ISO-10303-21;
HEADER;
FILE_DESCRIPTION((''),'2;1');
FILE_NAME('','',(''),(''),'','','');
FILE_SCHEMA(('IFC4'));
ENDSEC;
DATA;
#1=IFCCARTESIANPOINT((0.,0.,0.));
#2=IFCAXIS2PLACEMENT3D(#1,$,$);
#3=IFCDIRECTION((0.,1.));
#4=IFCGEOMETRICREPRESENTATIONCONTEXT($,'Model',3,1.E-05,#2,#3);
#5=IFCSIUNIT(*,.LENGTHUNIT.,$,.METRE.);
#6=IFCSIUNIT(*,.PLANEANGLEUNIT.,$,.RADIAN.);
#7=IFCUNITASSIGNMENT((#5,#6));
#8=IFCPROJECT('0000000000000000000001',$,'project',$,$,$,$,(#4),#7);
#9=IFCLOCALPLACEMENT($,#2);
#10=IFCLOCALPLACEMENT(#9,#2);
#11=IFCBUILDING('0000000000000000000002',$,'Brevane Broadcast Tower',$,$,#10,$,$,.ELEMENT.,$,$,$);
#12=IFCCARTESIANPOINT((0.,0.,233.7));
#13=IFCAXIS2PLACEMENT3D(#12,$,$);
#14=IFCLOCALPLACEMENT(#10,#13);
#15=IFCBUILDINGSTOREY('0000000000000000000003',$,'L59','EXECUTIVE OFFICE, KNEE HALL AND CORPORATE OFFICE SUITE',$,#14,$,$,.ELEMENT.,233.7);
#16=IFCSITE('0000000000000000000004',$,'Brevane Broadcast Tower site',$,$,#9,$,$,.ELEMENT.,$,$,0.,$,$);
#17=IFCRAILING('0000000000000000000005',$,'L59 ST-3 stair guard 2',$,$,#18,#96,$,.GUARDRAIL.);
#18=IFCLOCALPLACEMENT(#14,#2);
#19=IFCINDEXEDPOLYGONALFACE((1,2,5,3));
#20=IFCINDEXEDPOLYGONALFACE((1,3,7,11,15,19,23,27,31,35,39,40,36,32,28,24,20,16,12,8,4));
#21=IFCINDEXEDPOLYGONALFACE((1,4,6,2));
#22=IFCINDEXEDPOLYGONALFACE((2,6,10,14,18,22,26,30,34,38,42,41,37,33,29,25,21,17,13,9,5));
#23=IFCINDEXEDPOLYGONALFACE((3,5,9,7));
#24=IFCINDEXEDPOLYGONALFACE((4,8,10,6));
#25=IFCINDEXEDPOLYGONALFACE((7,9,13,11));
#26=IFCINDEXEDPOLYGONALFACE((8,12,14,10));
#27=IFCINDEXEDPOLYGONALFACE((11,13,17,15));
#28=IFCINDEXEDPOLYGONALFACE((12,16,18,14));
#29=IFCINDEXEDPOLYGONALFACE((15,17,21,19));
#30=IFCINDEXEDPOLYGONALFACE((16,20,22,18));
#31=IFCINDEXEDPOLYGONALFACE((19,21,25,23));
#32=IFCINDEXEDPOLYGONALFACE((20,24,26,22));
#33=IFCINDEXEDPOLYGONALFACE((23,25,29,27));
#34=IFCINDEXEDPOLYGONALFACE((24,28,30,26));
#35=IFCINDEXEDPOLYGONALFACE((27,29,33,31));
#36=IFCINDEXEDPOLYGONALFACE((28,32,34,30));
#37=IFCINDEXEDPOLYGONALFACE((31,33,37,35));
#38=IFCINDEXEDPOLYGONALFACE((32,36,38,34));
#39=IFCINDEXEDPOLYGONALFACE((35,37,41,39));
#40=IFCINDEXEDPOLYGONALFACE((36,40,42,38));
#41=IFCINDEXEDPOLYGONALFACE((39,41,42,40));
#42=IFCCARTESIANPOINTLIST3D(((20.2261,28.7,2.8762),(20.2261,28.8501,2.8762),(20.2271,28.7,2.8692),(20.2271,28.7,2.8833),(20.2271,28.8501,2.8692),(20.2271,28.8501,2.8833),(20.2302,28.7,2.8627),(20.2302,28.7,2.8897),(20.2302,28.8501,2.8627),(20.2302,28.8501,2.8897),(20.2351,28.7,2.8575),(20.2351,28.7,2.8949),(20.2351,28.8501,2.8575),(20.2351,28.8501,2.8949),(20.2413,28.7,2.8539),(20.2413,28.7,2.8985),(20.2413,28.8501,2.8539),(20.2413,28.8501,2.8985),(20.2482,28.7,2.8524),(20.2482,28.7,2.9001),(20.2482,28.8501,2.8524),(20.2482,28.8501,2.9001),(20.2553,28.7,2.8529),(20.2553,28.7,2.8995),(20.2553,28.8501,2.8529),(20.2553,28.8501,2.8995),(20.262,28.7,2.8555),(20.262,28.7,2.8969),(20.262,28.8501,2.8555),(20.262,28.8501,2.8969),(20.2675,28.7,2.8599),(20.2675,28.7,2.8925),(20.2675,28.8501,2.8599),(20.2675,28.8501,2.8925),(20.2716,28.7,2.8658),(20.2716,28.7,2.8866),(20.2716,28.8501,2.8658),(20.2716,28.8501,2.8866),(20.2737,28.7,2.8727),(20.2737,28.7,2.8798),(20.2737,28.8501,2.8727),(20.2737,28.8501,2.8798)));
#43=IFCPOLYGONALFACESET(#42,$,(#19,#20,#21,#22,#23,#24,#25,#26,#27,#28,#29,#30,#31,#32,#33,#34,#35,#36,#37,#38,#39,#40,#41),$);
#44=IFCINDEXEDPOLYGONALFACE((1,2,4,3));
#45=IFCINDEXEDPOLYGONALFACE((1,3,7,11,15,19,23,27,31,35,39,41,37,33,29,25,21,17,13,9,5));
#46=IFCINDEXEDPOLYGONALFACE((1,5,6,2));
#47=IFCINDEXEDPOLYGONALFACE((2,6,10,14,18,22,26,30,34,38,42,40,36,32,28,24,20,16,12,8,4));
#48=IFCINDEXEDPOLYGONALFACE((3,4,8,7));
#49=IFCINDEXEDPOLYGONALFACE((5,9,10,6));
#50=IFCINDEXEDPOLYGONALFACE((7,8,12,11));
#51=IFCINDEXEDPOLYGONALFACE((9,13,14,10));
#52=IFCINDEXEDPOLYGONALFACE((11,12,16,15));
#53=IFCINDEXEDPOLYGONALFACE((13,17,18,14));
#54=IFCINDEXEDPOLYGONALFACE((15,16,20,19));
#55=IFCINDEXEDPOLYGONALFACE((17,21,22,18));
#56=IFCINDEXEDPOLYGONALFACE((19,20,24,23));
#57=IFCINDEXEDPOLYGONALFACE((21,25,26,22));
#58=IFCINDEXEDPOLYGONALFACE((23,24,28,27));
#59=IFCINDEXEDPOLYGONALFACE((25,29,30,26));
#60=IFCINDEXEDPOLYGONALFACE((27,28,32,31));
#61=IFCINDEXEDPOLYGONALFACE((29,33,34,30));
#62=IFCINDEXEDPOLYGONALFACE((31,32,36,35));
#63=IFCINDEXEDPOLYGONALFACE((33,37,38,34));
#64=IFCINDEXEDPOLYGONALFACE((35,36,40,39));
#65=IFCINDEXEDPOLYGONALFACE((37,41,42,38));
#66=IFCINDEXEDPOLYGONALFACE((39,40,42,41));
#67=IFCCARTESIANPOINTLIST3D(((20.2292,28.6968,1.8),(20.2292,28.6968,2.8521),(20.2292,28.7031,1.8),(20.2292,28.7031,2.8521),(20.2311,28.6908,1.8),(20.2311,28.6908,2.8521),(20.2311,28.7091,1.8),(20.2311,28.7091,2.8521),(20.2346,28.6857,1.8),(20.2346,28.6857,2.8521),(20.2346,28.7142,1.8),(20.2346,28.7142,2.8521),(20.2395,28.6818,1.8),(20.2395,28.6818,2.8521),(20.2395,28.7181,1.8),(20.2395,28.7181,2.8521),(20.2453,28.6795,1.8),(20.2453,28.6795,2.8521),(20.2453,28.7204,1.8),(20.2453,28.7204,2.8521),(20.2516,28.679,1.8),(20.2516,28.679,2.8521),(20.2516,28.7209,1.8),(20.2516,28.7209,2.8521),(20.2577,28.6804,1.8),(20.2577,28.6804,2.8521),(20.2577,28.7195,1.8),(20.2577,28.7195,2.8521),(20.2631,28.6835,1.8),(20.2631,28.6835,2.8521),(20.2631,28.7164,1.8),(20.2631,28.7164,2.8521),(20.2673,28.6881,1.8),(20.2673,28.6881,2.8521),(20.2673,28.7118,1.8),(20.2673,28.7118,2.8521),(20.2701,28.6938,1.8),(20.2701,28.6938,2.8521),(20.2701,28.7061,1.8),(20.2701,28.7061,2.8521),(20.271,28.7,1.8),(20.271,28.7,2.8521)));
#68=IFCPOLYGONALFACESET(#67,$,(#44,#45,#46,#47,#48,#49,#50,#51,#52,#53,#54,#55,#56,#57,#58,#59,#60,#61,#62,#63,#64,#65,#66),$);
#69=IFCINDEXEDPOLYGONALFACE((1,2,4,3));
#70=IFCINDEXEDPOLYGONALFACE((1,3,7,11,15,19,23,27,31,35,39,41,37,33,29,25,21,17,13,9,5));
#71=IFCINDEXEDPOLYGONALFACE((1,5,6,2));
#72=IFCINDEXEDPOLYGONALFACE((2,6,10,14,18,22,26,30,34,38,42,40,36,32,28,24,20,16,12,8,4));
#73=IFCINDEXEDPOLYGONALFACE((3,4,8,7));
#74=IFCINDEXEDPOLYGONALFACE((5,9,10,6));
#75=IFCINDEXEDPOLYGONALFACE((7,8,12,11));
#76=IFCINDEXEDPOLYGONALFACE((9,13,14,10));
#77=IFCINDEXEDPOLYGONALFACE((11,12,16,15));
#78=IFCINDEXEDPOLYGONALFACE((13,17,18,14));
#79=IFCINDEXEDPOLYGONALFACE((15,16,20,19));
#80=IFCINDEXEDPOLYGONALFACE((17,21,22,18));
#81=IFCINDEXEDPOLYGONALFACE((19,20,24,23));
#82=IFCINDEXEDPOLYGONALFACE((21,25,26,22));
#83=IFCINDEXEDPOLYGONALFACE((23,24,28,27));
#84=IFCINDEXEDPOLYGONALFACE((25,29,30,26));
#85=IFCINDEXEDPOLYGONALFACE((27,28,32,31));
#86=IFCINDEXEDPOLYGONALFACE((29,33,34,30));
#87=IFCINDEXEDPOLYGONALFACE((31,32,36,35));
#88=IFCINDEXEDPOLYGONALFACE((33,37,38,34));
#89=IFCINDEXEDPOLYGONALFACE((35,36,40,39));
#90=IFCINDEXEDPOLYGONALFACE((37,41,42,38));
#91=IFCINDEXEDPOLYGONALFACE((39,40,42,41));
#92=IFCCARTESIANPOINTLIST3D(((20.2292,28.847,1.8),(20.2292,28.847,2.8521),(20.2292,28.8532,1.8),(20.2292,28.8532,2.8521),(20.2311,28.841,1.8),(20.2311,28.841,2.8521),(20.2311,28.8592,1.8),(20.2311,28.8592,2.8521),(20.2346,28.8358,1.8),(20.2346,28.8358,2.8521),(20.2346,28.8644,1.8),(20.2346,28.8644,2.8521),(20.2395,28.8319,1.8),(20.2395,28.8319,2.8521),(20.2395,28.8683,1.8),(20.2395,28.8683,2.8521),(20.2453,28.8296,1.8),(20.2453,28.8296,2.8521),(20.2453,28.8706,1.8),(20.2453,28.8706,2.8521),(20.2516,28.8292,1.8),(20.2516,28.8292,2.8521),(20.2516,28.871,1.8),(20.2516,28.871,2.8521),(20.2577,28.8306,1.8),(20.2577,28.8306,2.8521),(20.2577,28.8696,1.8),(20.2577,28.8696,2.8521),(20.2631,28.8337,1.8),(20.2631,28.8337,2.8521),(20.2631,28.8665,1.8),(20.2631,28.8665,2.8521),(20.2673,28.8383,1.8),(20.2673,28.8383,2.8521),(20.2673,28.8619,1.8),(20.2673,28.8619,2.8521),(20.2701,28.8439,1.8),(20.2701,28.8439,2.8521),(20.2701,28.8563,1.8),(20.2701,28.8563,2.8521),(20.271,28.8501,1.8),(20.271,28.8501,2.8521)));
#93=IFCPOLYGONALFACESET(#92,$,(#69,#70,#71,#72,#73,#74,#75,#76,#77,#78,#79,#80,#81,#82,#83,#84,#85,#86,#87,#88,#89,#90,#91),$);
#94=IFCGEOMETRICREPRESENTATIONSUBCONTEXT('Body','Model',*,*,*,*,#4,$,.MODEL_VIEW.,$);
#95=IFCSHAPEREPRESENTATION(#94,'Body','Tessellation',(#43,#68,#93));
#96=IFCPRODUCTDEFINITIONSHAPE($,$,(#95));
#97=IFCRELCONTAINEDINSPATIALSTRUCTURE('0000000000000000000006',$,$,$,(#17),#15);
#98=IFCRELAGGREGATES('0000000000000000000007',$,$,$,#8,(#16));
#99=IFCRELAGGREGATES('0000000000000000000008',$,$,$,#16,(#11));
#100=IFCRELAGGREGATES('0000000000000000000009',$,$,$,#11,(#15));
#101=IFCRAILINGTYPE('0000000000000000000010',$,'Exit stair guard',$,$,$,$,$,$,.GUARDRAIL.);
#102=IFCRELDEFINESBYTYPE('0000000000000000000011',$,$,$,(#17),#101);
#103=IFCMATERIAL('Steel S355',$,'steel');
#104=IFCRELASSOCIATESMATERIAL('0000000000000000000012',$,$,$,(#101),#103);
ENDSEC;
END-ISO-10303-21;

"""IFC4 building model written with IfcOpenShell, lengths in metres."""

from ifc_helpers import new_model, si_unit, direction, frame, origin, origin_2d, place, context, subcontext, project, spatial, circle, extrude, material, type_object, element, save


model = new_model("IFC4")

# Units and contexts
model_context = context("Model", 3, precision=1e-05, world=origin(), true_north=direction((0.0, 1.0)))
body_context = subcontext(model_context, "Body", "Model", "MODEL_VIEW")
ifc_project = project(units=[si_unit("LENGTHUNIT", "METRE"), si_unit("PLANEANGLEUNIT", "RADIAN")], contexts=[model_context])

# Site, building, storey
site_placement = place(None, origin())
site = spatial("IfcSite", under=ifc_project, at=site_placement, Name="Brevane Broadcast Tower site", CompositionType="ELEMENT", RefElevation=0.0)
building_placement = place(site_placement, origin())
building = spatial("IfcBuilding", under=site, at=building_placement, Name="Brevane Broadcast Tower", CompositionType="ELEMENT")
storey_placement = place(building_placement, frame((0.0, 0.0, 233.7)))
storey = spatial("IfcBuildingStorey", under=building, at=storey_placement, Name="L59", Description="EXECUTIVE OFFICE, KNEE HALL AND CORPORATE OFFICE SUITE", CompositionType="ELEMENT", Elevation=233.7)

# Railing
ifc_material_1 = material(Name="Steel S355", Category="steel")
railing_type_1 = type_object("IfcRailingType", Name="Exit stair guard", PredefinedType="GUARDRAIL", material=ifc_material_1)
railing_1_placement = place(storey_placement, frame((20.25, 28.7, 1.8)))
element("IfcRailing", 1, at=railing_1_placement, inside=storey, type_object=railing_type_1, Name="L59 ST-3 stair guard 2", PredefinedType="GUARDRAIL", context=body_context, shape_type="SweptSolid", body=[
    extrude(circle(Radius=0.0239, at=origin_2d()), frame((0.0, 0.0, 1.0762), z_axis=(0.0, 1.0, 0.0), x_axis=(-1.0, 0.0, 0.0)), (0.0, 0.0, 1.0), 0.1501),
    extrude(circle(Radius=0.021, at=origin_2d()), origin(), (0.0, 0.0, 1.0), 1.052),
    extrude(circle(Radius=0.021, at=origin_2d()), frame((0.0, 0.1501, 0.0)), (0.0, 0.0, 1.0), 1.052),
])

save(model, "model.ifc")
